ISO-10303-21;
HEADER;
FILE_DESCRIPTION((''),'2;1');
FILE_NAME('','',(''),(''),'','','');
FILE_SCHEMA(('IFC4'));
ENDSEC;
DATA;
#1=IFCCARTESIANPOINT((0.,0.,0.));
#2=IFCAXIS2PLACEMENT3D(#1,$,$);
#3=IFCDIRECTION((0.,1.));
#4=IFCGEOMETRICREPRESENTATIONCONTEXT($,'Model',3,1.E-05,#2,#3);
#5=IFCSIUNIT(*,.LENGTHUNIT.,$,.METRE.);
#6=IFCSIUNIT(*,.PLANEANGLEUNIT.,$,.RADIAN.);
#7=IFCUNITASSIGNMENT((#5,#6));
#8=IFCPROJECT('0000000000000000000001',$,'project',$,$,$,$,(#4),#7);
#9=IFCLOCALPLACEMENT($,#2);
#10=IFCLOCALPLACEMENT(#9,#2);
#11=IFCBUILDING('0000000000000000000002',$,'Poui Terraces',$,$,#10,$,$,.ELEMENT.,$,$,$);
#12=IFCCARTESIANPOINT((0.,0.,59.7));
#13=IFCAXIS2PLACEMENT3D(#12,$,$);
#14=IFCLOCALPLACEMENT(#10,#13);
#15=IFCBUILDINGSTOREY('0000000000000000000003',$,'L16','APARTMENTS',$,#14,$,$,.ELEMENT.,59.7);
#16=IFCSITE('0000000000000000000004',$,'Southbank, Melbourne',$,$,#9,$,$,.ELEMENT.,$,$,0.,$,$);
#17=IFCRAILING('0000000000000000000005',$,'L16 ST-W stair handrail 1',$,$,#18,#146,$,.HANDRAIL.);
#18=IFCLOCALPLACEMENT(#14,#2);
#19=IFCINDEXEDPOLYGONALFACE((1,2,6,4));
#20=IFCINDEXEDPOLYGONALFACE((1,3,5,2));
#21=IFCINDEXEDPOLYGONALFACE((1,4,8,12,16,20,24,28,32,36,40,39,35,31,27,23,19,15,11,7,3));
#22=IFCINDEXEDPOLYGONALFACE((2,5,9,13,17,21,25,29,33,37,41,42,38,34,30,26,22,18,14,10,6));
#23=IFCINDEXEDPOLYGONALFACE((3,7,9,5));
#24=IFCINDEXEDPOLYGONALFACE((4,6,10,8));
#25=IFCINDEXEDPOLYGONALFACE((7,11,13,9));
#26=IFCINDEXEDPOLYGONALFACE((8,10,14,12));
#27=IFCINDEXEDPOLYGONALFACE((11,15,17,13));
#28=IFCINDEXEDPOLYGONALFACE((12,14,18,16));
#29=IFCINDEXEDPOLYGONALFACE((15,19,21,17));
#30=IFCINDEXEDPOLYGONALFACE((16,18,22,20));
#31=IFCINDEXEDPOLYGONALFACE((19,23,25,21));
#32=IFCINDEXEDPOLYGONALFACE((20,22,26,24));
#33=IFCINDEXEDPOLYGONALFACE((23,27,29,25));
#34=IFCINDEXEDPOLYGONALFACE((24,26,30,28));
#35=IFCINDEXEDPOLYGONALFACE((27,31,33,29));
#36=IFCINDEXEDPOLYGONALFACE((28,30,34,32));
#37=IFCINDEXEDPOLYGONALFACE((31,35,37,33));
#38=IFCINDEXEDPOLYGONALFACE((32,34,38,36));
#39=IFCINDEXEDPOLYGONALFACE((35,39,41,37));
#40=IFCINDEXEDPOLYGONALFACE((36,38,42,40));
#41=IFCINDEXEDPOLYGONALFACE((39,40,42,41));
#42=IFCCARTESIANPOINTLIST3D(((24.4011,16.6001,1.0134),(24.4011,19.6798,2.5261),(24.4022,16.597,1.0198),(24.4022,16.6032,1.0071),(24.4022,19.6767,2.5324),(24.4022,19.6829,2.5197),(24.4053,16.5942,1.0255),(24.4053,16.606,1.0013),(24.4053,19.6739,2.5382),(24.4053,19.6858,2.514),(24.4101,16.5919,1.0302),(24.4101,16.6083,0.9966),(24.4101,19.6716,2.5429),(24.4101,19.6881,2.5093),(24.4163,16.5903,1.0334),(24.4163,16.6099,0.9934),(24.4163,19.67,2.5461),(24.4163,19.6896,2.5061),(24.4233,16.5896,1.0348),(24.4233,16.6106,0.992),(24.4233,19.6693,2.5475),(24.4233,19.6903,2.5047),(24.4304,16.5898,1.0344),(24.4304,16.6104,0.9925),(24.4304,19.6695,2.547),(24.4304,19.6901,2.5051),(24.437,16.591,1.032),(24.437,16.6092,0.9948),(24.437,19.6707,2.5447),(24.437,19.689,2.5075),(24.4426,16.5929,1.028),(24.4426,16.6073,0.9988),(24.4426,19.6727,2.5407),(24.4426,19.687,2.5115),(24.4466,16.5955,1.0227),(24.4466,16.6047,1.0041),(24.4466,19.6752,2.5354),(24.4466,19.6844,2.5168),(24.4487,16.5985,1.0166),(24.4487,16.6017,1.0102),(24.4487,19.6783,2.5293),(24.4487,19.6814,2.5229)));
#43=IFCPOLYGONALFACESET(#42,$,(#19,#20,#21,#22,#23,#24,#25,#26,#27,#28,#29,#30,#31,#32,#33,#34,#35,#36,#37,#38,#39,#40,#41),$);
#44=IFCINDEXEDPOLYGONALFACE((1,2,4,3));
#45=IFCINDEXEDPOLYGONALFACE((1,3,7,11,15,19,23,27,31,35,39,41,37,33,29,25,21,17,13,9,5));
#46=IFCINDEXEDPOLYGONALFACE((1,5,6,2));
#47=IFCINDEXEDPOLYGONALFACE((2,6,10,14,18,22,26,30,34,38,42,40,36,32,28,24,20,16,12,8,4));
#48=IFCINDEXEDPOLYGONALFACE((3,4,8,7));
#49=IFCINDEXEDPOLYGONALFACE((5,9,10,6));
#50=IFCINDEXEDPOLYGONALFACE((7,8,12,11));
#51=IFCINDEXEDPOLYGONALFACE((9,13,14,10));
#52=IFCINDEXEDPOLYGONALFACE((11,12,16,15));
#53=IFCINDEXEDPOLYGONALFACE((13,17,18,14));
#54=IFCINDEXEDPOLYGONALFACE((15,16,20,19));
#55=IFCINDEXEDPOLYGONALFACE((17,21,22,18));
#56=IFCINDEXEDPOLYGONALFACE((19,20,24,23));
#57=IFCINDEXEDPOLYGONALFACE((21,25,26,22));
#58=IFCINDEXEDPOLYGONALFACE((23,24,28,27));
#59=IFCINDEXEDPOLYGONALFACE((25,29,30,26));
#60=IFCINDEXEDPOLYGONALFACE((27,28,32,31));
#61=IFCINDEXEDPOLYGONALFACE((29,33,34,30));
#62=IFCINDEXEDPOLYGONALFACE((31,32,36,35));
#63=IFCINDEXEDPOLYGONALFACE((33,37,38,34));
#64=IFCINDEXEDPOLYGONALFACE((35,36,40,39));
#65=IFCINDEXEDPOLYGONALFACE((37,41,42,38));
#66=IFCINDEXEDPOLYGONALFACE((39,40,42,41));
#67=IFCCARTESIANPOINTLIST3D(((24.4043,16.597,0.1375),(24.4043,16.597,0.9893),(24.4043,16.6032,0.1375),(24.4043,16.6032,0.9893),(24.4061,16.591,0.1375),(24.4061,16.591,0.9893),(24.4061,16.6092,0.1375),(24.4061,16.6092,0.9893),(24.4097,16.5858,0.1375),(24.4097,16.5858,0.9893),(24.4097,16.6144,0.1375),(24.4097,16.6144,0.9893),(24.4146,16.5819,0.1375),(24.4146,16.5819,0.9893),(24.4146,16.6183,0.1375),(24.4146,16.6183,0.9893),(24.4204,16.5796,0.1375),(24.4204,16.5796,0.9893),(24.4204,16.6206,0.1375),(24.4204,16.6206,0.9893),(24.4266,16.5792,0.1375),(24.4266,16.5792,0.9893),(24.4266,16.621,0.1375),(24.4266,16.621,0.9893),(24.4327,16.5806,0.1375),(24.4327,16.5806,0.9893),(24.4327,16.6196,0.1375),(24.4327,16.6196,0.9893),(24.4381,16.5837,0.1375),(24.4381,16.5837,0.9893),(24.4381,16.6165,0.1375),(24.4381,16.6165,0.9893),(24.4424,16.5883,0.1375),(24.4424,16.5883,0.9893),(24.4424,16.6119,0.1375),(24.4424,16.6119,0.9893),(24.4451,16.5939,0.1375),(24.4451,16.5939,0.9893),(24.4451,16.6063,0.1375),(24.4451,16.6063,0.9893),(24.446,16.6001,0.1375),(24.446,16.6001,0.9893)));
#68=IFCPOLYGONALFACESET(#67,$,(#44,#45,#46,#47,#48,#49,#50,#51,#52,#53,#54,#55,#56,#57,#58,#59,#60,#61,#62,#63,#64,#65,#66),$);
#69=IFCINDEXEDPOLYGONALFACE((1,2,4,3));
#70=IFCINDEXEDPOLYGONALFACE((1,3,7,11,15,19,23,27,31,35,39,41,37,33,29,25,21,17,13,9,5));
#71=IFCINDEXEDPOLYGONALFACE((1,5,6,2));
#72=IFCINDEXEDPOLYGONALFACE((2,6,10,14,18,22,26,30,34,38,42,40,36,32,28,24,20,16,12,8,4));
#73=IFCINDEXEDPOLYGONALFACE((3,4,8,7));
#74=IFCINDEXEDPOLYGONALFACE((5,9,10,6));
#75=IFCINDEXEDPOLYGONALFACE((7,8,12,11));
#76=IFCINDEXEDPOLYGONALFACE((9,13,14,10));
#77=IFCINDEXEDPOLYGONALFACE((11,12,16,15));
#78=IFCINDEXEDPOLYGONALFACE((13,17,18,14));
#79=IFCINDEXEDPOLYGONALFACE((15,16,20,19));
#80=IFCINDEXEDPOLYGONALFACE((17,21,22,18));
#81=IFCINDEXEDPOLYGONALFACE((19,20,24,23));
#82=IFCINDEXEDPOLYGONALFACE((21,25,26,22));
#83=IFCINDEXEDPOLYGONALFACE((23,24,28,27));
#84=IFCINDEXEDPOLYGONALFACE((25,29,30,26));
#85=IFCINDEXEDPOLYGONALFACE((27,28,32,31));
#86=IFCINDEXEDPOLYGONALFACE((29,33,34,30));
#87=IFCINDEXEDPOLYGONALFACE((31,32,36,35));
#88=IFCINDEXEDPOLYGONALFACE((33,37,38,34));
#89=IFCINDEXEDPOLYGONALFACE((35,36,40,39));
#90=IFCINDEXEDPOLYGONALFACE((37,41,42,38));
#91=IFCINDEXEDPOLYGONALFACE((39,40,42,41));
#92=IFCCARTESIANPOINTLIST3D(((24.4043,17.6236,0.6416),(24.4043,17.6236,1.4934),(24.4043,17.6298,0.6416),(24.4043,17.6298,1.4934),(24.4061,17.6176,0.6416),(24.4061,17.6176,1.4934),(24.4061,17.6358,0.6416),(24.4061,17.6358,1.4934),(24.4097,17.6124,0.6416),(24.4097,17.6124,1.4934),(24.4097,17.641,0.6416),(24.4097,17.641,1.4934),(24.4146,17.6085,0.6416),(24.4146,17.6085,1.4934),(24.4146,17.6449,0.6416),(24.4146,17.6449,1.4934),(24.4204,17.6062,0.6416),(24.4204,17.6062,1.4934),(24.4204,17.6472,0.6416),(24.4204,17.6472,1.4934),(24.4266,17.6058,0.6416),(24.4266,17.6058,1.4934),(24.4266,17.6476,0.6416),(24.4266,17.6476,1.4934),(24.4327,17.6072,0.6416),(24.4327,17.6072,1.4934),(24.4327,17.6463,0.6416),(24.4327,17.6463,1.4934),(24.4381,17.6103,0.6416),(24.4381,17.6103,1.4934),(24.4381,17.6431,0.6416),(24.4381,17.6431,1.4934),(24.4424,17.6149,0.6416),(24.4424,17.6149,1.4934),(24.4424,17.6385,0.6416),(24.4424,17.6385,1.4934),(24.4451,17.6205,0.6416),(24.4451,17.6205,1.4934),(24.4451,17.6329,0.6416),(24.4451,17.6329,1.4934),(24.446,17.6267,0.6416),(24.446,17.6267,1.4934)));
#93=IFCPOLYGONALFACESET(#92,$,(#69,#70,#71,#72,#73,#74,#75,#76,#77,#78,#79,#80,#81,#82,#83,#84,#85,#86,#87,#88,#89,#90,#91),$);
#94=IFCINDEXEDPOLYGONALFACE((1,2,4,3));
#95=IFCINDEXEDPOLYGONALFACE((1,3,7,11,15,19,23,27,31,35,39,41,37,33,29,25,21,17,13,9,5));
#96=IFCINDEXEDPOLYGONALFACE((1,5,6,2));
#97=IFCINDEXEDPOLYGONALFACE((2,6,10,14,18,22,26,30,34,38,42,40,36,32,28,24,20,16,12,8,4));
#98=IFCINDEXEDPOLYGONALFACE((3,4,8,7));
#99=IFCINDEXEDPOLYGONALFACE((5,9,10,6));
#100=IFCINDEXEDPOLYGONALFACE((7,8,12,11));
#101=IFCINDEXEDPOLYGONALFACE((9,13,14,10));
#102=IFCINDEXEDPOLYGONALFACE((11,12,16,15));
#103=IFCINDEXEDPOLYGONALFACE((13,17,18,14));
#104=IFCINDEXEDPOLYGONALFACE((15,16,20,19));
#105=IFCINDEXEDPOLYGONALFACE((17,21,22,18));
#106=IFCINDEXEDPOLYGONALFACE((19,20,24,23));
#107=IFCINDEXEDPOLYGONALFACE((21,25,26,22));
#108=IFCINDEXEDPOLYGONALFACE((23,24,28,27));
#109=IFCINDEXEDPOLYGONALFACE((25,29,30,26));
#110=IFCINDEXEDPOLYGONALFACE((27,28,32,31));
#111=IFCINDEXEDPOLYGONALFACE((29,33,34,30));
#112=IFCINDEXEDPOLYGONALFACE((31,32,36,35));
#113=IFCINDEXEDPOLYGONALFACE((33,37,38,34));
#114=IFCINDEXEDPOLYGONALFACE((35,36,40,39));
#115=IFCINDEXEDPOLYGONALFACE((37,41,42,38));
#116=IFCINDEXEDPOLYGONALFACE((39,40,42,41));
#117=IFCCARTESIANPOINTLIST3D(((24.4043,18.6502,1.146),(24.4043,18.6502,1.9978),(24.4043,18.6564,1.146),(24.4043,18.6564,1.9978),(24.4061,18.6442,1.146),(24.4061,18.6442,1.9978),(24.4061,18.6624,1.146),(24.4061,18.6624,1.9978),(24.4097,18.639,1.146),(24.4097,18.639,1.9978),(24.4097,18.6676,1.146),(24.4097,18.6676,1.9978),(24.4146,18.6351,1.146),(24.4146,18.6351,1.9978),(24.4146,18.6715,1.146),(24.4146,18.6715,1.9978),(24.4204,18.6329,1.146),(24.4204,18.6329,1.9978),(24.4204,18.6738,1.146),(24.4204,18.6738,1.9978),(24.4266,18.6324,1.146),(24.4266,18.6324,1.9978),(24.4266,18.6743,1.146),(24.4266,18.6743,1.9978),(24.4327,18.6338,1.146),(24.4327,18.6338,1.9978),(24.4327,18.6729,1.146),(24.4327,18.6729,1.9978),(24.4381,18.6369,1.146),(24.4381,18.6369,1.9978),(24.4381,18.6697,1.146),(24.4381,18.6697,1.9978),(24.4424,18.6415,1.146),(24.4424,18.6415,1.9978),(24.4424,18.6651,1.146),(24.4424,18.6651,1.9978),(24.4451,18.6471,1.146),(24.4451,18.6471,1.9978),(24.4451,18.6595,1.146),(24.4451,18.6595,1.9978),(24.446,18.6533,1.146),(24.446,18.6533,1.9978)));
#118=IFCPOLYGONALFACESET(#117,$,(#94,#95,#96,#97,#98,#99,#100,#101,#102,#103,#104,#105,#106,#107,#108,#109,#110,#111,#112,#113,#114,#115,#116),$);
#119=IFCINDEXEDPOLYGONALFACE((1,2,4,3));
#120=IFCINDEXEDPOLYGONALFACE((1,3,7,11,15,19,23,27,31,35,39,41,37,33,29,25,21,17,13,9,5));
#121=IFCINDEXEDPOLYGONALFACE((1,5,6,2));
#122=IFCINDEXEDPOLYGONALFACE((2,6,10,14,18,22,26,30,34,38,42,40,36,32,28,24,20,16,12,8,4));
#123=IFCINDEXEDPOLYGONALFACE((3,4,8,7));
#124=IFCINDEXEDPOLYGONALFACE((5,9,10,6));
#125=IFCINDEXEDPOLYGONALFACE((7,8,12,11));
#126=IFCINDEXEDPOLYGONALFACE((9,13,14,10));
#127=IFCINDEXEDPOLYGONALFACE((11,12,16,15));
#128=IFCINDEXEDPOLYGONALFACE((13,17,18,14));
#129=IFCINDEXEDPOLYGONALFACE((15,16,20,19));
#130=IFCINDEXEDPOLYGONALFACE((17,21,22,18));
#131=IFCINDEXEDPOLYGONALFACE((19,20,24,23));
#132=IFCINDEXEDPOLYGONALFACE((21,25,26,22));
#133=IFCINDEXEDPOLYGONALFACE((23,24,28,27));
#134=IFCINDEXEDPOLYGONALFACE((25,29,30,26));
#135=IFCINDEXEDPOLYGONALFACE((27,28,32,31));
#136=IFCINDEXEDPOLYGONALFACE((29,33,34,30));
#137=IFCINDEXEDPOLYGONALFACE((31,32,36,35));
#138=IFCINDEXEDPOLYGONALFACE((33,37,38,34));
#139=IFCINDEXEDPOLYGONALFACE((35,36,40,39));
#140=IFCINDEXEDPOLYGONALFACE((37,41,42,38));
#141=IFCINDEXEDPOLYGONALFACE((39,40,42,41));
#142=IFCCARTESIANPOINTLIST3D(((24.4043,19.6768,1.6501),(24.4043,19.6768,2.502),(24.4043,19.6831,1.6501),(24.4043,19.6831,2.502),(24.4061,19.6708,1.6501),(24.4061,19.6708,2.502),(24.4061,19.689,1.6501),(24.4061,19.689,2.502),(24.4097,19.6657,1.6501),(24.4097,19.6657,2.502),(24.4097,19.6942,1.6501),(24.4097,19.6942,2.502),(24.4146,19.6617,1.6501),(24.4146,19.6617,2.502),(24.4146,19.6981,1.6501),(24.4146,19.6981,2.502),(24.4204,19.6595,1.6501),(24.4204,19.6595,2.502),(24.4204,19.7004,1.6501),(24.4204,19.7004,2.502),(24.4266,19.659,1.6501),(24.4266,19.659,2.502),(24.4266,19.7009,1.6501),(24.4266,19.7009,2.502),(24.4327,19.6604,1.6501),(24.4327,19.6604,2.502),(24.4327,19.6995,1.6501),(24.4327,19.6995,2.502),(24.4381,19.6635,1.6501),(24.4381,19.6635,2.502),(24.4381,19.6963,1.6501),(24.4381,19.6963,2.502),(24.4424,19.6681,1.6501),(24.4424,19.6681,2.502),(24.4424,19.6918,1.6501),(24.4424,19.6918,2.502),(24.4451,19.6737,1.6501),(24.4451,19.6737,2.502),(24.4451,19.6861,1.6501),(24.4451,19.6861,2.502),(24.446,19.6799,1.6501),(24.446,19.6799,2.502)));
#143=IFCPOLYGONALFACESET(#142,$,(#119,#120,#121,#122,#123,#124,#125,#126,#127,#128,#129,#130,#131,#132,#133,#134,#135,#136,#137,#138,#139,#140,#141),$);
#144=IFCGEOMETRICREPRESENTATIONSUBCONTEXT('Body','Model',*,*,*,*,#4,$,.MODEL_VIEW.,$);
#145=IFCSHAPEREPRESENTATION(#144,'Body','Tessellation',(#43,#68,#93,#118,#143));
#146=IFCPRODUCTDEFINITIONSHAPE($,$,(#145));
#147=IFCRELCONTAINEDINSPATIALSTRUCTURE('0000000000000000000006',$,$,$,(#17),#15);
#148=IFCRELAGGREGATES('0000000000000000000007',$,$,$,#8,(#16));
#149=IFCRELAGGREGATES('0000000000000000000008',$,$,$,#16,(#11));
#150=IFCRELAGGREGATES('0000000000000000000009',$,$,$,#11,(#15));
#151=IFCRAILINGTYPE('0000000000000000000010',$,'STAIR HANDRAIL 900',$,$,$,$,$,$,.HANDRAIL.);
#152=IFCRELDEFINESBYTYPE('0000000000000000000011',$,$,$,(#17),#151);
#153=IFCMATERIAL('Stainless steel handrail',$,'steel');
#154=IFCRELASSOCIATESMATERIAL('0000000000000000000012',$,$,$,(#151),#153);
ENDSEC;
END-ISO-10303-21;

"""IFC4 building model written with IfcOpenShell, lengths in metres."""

from ifc_helpers import new_model, si_unit, direction, frame, origin, origin_2d, place, context, subcontext, project, spatial, circle, extrude, material, type_object, element, save


model = new_model("IFC4")

# Units and contexts
model_context = context("Model", 3, precision=1e-05, world=origin(), true_north=direction((0.0, 1.0)))
body_context = subcontext(model_context, "Body", "Model", "MODEL_VIEW")
ifc_project = project(units=[si_unit("LENGTHUNIT", "METRE"), si_unit("PLANEANGLEUNIT", "RADIAN")], contexts=[model_context])

# Site, building, storey
site_placement = place(None, origin())
site = spatial("IfcSite", under=ifc_project, at=site_placement, Name="Southbank, Melbourne", CompositionType="ELEMENT", RefElevation=0.0)
building_placement = place(site_placement, origin())
building = spatial("IfcBuilding", under=site, at=building_placement, Name="Poui Terraces", CompositionType="ELEMENT")
storey_placement = place(building_placement, frame((0.0, 0.0, 59.7)))
storey = spatial("IfcBuildingStorey", under=building, at=storey_placement, Name="L16", Description="APARTMENTS", CompositionType="ELEMENT", Elevation=59.7)

# Railing
ifc_material_1 = material(Name="Stainless steel handrail", Category="steel")
railing_type_1 = type_object("IfcRailingType", Name="STAIR HANDRAIL 900", PredefinedType="HANDRAIL", material=ifc_material_1)
railing_1_placement = place(storey_placement, frame((24.425, 16.6001, 0.1375)))
element("IfcRailing", 1, at=railing_1_placement, inside=storey, type_object=railing_type_1, Name="L16 ST-W stair handrail 1", PredefinedType="HANDRAIL", context=body_context, shape_type="SweptSolid", body=[
    extrude(circle(Radius=0.0239, at=origin_2d()), frame((0.0, 0.0, 0.876), z_axis=(0.0, 0.897578, 0.440856), x_axis=(-1.0, 0.0, 0.0)), (0.0, 0.0, 1.0), 3.4312),
    extrude(circle(Radius=0.021, at=origin_2d()), origin(), (0.0, 0.0, 1.0), 0.8518),
    extrude(circle(Radius=0.021, at=origin_2d()), frame((0.0, 1.0266, 0.5042)), (0.0, 0.0, 1.0), 0.8518),
    extrude(circle(Radius=0.021, at=origin_2d()), frame((0.0, 2.0532, 1.0085)), (0.0, 0.0, 1.0), 0.8518),
    extrude(circle(Radius=0.021, at=origin_2d()), frame((0.0, 3.0798, 1.5127)), (0.0, 0.0, 1.0), 0.8518),
])

save(model, "model.ifc")
